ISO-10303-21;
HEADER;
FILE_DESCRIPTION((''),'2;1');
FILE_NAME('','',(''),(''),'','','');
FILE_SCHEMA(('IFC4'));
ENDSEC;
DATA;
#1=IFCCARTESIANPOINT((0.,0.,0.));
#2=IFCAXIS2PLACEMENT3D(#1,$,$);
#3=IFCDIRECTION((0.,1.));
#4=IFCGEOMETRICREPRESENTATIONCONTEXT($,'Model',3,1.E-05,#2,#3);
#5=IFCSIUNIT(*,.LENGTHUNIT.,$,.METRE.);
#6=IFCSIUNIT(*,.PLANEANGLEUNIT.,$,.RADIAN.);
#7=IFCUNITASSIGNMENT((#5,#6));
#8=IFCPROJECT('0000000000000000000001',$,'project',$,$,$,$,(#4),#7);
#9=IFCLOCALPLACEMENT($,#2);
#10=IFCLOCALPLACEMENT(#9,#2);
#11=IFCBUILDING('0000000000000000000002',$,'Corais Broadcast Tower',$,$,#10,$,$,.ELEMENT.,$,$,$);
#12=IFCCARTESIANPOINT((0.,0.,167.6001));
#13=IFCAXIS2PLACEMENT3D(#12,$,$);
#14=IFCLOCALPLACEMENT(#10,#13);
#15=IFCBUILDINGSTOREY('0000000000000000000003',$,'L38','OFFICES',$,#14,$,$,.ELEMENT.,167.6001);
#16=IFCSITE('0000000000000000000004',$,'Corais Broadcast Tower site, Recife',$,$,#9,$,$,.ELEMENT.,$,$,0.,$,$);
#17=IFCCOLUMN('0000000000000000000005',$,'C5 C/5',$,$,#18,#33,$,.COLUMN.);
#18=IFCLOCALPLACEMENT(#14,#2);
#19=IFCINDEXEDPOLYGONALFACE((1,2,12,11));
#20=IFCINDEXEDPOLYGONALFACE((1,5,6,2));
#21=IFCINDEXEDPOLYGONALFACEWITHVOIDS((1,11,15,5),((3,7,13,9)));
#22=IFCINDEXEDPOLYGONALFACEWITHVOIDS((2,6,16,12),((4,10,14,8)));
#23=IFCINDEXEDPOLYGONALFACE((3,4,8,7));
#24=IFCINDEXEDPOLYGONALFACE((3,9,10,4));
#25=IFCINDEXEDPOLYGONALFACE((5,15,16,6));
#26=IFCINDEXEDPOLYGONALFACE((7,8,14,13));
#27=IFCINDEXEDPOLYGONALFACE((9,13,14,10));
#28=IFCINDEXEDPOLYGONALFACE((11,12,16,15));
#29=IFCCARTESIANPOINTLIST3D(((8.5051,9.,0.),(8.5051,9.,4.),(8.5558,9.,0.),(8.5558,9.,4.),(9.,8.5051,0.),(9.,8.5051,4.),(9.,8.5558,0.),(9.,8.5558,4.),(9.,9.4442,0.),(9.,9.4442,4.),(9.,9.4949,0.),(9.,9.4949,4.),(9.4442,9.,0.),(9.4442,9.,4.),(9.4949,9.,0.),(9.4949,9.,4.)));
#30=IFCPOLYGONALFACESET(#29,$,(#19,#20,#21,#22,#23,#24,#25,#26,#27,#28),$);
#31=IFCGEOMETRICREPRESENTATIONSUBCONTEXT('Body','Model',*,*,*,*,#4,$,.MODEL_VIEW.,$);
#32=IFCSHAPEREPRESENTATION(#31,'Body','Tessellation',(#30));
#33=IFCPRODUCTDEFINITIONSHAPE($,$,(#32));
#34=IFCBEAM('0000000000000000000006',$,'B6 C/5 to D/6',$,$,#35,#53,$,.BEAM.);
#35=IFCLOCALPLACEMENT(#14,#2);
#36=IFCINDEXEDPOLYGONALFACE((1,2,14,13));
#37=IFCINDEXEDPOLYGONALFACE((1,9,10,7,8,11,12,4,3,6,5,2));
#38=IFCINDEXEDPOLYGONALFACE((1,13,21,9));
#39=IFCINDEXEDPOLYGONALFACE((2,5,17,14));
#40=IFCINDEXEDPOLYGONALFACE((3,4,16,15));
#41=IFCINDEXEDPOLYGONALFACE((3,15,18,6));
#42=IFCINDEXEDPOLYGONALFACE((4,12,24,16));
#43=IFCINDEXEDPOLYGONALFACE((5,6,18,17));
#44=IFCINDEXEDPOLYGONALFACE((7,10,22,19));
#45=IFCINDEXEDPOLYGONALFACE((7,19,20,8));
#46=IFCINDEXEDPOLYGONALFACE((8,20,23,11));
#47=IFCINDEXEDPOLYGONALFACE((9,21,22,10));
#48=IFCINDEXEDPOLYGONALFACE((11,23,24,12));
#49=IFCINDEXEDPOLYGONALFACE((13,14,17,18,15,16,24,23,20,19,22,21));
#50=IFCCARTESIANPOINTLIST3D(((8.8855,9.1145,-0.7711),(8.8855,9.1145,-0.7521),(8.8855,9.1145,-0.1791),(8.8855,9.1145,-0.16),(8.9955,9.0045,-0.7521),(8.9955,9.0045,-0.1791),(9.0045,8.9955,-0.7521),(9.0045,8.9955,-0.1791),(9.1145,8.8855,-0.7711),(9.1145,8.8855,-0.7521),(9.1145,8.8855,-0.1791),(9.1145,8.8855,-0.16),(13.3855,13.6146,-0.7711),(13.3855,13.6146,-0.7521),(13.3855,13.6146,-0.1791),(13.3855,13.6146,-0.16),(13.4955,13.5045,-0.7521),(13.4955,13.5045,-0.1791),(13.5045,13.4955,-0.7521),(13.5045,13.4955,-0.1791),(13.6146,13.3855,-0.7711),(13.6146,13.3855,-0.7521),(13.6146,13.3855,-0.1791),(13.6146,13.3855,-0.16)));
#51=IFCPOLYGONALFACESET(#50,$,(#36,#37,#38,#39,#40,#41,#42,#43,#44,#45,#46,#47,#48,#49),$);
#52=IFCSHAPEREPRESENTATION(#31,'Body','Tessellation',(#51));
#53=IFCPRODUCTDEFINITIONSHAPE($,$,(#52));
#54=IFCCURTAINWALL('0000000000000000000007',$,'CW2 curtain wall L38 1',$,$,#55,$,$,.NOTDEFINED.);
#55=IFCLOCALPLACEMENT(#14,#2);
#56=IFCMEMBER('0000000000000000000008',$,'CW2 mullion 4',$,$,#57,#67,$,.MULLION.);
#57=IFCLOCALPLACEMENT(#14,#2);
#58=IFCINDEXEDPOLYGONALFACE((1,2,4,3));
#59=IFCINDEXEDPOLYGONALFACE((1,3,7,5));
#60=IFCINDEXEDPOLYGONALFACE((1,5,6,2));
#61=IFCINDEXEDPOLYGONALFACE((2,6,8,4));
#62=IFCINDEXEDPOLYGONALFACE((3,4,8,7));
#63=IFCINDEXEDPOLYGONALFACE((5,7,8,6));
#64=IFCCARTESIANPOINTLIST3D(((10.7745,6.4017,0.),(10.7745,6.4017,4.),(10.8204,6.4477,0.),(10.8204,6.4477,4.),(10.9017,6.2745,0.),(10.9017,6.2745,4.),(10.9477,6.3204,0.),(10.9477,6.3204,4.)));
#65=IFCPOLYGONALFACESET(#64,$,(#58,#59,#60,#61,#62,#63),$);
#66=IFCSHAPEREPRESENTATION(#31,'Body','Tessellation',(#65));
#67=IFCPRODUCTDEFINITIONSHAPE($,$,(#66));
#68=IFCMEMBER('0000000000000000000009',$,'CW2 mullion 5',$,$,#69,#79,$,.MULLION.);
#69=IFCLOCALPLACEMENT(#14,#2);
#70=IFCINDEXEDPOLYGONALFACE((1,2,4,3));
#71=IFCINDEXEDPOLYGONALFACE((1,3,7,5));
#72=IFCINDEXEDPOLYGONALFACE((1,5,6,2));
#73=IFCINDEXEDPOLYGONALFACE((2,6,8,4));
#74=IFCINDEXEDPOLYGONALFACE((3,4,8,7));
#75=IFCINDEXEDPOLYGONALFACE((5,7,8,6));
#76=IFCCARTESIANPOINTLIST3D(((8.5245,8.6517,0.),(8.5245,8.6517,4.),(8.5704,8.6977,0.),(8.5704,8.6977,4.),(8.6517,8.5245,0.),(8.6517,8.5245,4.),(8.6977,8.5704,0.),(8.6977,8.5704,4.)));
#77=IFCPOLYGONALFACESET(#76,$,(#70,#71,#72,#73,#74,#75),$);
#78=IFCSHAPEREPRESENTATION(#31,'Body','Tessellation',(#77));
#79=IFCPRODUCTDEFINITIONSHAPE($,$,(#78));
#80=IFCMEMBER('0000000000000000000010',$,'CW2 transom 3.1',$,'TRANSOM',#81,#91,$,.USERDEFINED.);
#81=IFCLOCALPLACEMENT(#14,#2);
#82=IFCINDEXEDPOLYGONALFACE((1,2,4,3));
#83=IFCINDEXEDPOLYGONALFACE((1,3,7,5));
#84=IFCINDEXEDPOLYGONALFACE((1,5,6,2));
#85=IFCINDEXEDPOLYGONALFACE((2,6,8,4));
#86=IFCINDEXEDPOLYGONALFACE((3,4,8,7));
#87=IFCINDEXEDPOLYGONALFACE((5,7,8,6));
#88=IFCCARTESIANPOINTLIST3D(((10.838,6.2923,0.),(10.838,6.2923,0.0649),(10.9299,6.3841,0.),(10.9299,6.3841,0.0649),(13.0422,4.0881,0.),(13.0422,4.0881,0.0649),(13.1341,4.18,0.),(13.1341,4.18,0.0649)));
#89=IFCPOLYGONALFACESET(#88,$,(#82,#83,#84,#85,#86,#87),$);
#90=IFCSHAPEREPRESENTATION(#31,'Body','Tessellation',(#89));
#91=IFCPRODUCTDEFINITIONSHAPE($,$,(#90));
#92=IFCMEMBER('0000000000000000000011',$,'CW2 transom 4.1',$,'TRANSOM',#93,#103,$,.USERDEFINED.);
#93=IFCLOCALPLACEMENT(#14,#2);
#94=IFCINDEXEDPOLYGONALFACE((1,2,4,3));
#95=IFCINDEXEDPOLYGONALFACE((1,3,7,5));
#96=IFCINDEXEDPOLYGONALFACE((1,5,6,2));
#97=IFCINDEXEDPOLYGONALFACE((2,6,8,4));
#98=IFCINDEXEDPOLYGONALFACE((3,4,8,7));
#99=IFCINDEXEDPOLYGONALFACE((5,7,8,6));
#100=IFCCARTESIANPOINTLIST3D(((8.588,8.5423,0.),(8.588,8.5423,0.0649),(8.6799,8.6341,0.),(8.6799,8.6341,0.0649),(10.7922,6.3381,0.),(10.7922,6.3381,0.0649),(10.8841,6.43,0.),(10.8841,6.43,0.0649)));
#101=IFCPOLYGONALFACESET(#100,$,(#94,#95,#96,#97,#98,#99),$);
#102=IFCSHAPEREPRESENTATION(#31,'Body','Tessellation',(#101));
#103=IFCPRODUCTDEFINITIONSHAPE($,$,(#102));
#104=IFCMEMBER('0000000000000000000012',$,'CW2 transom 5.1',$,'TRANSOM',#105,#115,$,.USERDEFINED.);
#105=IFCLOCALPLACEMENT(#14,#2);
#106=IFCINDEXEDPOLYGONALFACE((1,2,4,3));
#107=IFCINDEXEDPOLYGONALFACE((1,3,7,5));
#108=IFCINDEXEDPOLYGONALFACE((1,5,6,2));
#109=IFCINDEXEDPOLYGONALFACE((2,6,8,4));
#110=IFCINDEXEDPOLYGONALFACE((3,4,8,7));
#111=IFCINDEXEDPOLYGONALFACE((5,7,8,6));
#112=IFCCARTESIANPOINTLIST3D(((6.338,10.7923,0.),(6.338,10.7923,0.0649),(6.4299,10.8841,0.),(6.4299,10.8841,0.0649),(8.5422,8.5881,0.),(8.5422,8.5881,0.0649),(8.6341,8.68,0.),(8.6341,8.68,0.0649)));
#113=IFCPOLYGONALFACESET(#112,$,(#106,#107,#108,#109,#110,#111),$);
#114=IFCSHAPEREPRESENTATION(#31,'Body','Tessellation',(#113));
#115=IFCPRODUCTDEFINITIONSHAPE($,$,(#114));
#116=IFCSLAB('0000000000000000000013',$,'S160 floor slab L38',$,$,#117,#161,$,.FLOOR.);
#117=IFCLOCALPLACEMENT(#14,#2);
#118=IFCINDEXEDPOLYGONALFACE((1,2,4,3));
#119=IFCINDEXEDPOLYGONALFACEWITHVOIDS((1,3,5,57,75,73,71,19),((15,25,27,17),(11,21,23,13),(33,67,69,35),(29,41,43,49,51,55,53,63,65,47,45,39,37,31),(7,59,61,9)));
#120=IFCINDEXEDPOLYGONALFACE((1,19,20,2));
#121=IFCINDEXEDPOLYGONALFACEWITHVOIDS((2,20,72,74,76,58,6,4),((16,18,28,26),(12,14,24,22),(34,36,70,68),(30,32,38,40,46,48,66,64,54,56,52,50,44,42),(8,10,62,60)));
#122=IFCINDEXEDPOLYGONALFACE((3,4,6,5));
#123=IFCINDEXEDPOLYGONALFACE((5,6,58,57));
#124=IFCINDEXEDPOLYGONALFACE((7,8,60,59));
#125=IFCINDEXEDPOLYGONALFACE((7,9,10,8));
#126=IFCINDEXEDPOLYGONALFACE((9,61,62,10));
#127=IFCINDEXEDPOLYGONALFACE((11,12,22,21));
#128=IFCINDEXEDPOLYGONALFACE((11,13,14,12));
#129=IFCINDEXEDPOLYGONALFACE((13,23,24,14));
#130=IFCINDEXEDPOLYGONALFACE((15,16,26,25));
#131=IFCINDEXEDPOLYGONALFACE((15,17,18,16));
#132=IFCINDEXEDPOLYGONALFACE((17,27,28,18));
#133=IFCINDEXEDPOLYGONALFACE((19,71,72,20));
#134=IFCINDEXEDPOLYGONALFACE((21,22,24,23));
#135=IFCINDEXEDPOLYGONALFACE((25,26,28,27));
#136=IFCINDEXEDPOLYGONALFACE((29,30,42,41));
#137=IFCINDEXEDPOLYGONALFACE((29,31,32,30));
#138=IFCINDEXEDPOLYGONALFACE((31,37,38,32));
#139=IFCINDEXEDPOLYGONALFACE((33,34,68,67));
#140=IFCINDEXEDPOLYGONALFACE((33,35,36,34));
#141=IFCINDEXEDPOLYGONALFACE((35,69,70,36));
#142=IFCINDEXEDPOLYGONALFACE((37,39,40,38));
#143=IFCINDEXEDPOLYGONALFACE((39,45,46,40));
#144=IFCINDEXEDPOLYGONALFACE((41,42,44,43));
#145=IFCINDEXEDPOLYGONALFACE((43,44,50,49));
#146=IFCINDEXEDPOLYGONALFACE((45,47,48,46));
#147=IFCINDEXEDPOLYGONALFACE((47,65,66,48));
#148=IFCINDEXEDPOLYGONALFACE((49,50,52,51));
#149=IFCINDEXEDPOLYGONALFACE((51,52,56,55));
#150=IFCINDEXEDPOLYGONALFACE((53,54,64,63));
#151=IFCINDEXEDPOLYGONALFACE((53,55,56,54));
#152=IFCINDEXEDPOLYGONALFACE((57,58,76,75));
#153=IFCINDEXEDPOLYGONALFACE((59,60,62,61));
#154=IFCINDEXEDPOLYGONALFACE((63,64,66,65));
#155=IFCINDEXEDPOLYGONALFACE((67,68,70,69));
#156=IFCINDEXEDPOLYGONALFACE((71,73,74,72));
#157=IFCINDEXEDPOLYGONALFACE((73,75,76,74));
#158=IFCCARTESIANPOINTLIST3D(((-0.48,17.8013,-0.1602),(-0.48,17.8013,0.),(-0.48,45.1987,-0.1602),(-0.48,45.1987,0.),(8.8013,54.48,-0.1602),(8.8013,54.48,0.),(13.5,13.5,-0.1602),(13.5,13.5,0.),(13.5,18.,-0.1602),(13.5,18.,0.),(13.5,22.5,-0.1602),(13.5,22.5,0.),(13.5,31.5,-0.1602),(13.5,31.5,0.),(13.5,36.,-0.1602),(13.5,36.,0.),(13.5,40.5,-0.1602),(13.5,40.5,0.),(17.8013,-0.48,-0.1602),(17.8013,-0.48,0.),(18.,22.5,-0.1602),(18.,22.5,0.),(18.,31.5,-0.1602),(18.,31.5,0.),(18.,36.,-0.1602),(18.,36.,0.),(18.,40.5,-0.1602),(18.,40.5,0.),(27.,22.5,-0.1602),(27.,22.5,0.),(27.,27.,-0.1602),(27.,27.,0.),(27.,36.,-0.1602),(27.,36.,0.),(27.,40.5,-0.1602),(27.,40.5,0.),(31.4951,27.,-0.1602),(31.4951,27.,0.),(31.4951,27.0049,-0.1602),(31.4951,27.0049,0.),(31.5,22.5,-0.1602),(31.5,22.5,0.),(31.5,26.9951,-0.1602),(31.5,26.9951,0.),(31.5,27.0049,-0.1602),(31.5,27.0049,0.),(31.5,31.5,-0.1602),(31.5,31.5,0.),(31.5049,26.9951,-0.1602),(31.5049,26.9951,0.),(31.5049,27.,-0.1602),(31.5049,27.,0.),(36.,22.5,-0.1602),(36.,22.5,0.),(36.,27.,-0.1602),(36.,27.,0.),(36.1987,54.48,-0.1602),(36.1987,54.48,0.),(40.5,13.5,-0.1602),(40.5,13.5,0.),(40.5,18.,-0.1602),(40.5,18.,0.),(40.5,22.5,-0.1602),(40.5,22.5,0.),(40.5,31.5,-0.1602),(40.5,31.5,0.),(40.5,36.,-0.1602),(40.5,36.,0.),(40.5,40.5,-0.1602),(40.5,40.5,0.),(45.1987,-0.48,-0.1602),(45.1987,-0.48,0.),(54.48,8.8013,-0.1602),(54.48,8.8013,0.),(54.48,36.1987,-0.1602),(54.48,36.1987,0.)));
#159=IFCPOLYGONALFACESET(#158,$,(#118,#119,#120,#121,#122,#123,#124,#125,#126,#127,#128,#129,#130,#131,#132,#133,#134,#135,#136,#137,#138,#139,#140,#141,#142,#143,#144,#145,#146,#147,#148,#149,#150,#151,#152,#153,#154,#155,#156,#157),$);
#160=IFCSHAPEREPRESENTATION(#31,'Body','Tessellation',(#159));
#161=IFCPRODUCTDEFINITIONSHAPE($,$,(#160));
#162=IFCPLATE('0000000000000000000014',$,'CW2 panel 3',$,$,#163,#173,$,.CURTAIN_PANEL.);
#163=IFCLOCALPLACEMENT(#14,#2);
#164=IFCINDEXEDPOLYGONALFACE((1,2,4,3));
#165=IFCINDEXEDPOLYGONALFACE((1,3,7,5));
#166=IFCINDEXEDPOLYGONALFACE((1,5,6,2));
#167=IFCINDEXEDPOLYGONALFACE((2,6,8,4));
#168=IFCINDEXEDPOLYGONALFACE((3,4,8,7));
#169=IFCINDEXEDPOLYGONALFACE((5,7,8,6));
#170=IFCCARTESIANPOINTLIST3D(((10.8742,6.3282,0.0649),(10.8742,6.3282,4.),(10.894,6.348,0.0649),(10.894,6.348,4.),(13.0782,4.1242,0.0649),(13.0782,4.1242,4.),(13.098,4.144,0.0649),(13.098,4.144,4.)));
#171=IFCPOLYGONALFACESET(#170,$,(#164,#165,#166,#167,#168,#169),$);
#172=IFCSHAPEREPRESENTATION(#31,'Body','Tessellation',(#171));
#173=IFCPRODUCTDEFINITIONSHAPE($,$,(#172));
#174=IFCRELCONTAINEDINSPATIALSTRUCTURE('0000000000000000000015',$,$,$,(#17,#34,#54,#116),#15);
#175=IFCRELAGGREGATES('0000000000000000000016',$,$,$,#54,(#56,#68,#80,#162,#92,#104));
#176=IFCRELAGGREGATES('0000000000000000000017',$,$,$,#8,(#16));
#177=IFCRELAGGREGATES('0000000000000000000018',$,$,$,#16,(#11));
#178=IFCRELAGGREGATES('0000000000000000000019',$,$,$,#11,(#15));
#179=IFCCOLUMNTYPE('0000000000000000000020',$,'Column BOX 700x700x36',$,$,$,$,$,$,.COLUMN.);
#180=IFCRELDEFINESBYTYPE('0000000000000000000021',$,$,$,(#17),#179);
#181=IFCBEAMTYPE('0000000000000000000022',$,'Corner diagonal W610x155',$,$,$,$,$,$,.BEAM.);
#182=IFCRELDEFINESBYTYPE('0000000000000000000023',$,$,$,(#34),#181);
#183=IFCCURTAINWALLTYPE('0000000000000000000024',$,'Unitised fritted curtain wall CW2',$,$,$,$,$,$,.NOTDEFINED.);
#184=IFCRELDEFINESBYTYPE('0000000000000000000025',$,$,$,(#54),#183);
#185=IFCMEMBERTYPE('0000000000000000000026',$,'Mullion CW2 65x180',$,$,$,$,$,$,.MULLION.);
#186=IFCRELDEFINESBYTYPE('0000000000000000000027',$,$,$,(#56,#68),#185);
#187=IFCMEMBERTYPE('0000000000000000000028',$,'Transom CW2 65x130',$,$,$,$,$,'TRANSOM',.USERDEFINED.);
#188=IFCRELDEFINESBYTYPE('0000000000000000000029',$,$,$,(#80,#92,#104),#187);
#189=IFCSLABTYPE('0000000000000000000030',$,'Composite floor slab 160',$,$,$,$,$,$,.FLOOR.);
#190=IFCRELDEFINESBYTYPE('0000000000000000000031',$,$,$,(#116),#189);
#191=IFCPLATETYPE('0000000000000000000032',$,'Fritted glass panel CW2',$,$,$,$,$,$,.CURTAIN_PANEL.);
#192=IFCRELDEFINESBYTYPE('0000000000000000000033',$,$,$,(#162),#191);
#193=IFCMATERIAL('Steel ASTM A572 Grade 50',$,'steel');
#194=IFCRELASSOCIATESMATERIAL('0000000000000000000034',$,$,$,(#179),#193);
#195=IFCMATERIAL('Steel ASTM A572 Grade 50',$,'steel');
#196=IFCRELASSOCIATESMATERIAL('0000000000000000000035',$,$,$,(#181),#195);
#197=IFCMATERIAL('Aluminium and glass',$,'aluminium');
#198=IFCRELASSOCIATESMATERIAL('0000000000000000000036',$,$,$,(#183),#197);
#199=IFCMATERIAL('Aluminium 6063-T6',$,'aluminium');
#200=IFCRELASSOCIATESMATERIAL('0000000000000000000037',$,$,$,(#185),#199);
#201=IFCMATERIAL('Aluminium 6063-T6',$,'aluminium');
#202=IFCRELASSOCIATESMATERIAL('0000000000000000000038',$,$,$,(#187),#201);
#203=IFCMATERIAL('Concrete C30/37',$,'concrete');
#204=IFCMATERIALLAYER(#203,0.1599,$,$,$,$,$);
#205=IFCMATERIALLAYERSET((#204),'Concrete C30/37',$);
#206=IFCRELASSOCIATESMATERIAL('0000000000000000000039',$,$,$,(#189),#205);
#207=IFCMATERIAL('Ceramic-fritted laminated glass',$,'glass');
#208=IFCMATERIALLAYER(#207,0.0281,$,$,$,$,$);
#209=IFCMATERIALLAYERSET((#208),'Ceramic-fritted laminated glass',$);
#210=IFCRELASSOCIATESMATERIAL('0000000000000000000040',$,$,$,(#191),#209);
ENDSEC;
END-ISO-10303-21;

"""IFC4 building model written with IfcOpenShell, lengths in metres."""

from ifc_helpers import new_model, si_unit, direction, frame, origin, origin_2d, place, context, subcontext, project, spatial, polyline, rectangle, hollow_rectangle, i_section, outline, extrude, material, layer, layer_set, material_profile, profile_set, type_object, element, aggregate, save


model = new_model("IFC4")

# Units and contexts
model_context = context("Model", 3, precision=1e-05, world=origin(), true_north=direction((0.0, 1.0)))
body_context = subcontext(model_context, "Body", "Model", "MODEL_VIEW")
ifc_project = project(units=[si_unit("LENGTHUNIT", "METRE"), si_unit("PLANEANGLEUNIT", "RADIAN")], contexts=[model_context])

# Site, building, storey
site_placement = place(None, origin())
site = spatial("IfcSite", under=ifc_project, at=site_placement, Name="Corais Broadcast Tower site, Recife", CompositionType="ELEMENT", RefElevation=0.0)
building_placement = place(site_placement, origin())
building = spatial("IfcBuilding", under=site, at=building_placement, Name="Corais Broadcast Tower", CompositionType="ELEMENT")
storey_placement = place(building_placement, frame((0.0, 0.0, 167.6001)))
storey = spatial("IfcBuildingStorey", under=building, at=storey_placement, Name="L38", Description="OFFICES", CompositionType="ELEMENT", Elevation=167.6001)

# Column
ifc_material_1 = material(Name="Steel ASTM A572 Grade 50", Category="steel")
ifc_material_profile_1 = material_profile(ifc_material_1, hollow_rectangle(XDim=0.7, YDim=0.7, WallThickness=0.0359, at=origin_2d()), Name="BOX 700x700x36")
ifc_profile_set_1 = profile_set([ifc_material_profile_1], Name="Steel ASTM A572 Grade 50")
column_type = type_object("IfcColumnType", Name="Column BOX 700x700x36", PredefinedType="COLUMN", material=ifc_profile_set_1)
column_placement = place(storey_placement, frame((9.0, 9.0, 0.0), z_axis=(0.0, 0.0, 1.0), x_axis=(0.707107, 0.707107, 0.0)))
element("IfcColumn", 1, at=column_placement, inside=storey, type_object=column_type, Name="C5 C/5", PredefinedType="COLUMN", context=body_context, shape_type="SweptSolid", body=[
    extrude(hollow_rectangle(XDim=0.7, YDim=0.7, WallThickness=0.0359, at=origin_2d()), origin(), (0.0, 0.0, 1.0), 4.0),
])

# Beam
ifc_material_2 = material(Name="Steel ASTM A572 Grade 50", Category="steel")
ifc_material_profile_2 = material_profile(ifc_material_2, i_section(OverallWidth=0.324, OverallDepth=0.6111, WebThickness=0.0127, FlangeThickness=0.019, at=origin_2d()), Name="W610x155")
ifc_profile_set_2 = profile_set([ifc_material_profile_2], Name="Steel ASTM A572 Grade 50")
beam_type = type_object("IfcBeamType", Name="Corner diagonal W610x155", PredefinedType="BEAM", material=ifc_profile_set_2)
beam_placement = place(storey_placement, frame((9.0, 9.0, -0.4656), z_axis=(0.707107, 0.707107, 0.0), x_axis=(-0.707107, 0.707107, 0.0)))
element("IfcBeam", 2, at=beam_placement, inside=storey, type_object=beam_type, Name="B6 C/5 to D/6", PredefinedType="BEAM", context=body_context, shape_type="SweptSolid", body=[
    extrude(i_section(OverallWidth=0.324, OverallDepth=0.6111, WebThickness=0.0127, FlangeThickness=0.019, at=origin_2d()), origin(), (0.0, 0.0, 1.0), 6.364),
])

# Curtain wall, members
ifc_material_3 = material(Name="Aluminium and glass", Category="aluminium")
curtain_wall_type = type_object("IfcCurtainWallType", Name="Unitised fritted curtain wall CW2", PredefinedType="NOTDEFINED", material=ifc_material_3)
curtain_wall_placement = place(storey_placement, origin())
curtain_wall = element("IfcCurtainWall", 3, at=curtain_wall_placement, inside=storey, type_object=curtain_wall_type, Name="CW2 curtain wall L38 1", PredefinedType="NOTDEFINED")
ifc_material_4 = material(Name="Aluminium 6063-T6", Category="aluminium")
ifc_material_profile_3 = material_profile(ifc_material_4, rectangle(XDim=0.0649, YDim=0.1799, at=origin_2d()), Name="Mullion CW2 65x180")
ifc_profile_set_3 = profile_set([ifc_material_profile_3], Name="Aluminium 6063-T6")
member_type_1 = type_object("IfcMemberType", Name="Mullion CW2 65x180", PredefinedType="MULLION", material=ifc_profile_set_3)
member_1_placement = place(storey_placement, frame((10.8611, 6.3611, 0.0), z_axis=(0.0, 0.0, 1.0), x_axis=(-0.707107, -0.707107, 0.0)))
member_1 = element("IfcMember", 4, at=member_1_placement, type_object=member_type_1, Name="CW2 mullion 4", PredefinedType="MULLION", context=body_context, shape_type="SweptSolid", body=[
    extrude(rectangle(XDim=0.0649, YDim=0.1799, at=origin_2d()), origin(), (0.0, 0.0, 1.0), 4.0),
])
member_2_placement = place(storey_placement, frame((8.6111, 8.6111, 0.0), z_axis=(0.0, 0.0, 1.0), x_axis=(-0.707107, -0.707107, 0.0)))
member_2 = element("IfcMember", 5, at=member_2_placement, type_object=member_type_1, Name="CW2 mullion 5", PredefinedType="MULLION", context=body_context, shape_type="SweptSolid", body=[
    extrude(rectangle(XDim=0.0649, YDim=0.1799, at=origin_2d()), origin(), (0.0, 0.0, 1.0), 4.0),
])
ifc_material_5 = material(Name="Aluminium 6063-T6", Category="aluminium")
ifc_material_profile_4 = material_profile(ifc_material_5, rectangle(XDim=0.1299, YDim=0.0649, at=origin_2d()), Name="Transom CW2 65x130")
ifc_profile_set_4 = profile_set([ifc_material_profile_4], Name="Aluminium 6063-T6")
member_type_2 = type_object("IfcMemberType", Name="Transom CW2 65x130", ElementType="TRANSOM", PredefinedType="USERDEFINED", material=ifc_profile_set_4)
member_3_placement = place(storey_placement, frame((13.0881, 4.134, 0.0325), z_axis=(-0.707107, 0.707107, 0.0), x_axis=(-0.707107, -0.707107, 0.0)))
member_3 = element("IfcMember", 6, at=member_3_placement, type_object=member_type_2, Name="CW2 transom 3.1", ObjectType="TRANSOM", PredefinedType="USERDEFINED", context=body_context, shape_type="SweptSolid", body=[
    extrude(rectangle(XDim=0.1299, YDim=0.0649, at=origin_2d()), origin(), (0.0, 0.0, 1.0), 3.1172),
])
member_4_placement = place(storey_placement, frame((10.8381, 6.384, 0.0325), z_axis=(-0.707107, 0.707107, 0.0), x_axis=(-0.707107, -0.707107, 0.0)))
member_4 = element("IfcMember", 7, at=member_4_placement, type_object=member_type_2, Name="CW2 transom 4.1", ObjectType="TRANSOM", PredefinedType="USERDEFINED", context=body_context, shape_type="SweptSolid", body=[
    extrude(rectangle(XDim=0.1299, YDim=0.0649, at=origin_2d()), origin(), (0.0, 0.0, 1.0), 3.1172),
])
member_5_placement = place(storey_placement, frame((8.5881, 8.634, 0.0325), z_axis=(-0.707107, 0.707107, 0.0), x_axis=(-0.707107, -0.707107, 0.0)))
member_5 = element("IfcMember", 8, at=member_5_placement, type_object=member_type_2, Name="CW2 transom 5.1", ObjectType="TRANSOM", PredefinedType="USERDEFINED", context=body_context, shape_type="SweptSolid", body=[
    extrude(rectangle(XDim=0.1299, YDim=0.0649, at=origin_2d()), origin(), (0.0, 0.0, 1.0), 3.1172),
])

# Slab
ifc_material_6 = material(Name="Concrete C30/37", Category="concrete")
ifc_layer_1 = layer(ifc_material_6, 0.1599)
ifc_layer_set_1 = layer_set([ifc_layer_1], Name="Concrete C30/37")
slab_type_1 = type_object("IfcSlabType", Name="Composite floor slab 160", PredefinedType="FLOOR", material=ifc_layer_set_1)
slab_1_placement = place(storey_placement, frame((0.0, 0.0, -0.1602)))
element("IfcSlab", 9, at=slab_1_placement, inside=storey, type_object=slab_type_1, Name="S160 floor slab L38", PredefinedType="FLOOR", context=body_context, shape_type="SweptSolid", body=[
    extrude(outline(polyline([(17.8013, -0.48), (-0.48, 17.8013), (-0.48, 45.1987), (8.8013, 54.48), (36.1987, 54.48), (54.48, 36.1987), (54.48, 8.8013), (45.1987, -0.48), (17.8013, -0.48)]), holes=[polyline([(13.5, 18.0), (40.5, 18.0), (40.5, 13.5), (13.5, 13.5), (13.5, 18.0)]), polyline([(18.0, 22.5), (13.5, 22.5), (13.5, 31.5), (18.0, 31.5), (18.0, 22.5)]), polyline([(18.0, 36.0), (13.5, 36.0), (13.5, 40.5), (18.0, 40.5), (18.0, 36.0)]), polyline([(31.5, 22.5), (27.0, 22.5), (27.0, 27.0), (31.4951, 27.0), (31.4951, 27.0049), (31.5, 27.0049), (31.5, 31.5), (40.5, 31.5), (40.5, 22.5), (36.0, 22.5), (36.0, 27.0), (31.5049, 27.0), (31.5049, 26.9951), (31.5, 26.9951), (31.5, 22.5)]), polyline([(27.0, 40.5), (40.5, 40.5), (40.5, 36.0), (27.0, 36.0), (27.0, 40.5)])]), origin(), (0.0, 0.0, 1.0), 0.1602),
])

# Plate
ifc_material_7 = material(Name="Ceramic-fritted laminated glass", Category="glass")
ifc_layer_2 = layer(ifc_material_7, 0.0281)
ifc_layer_set_2 = layer_set([ifc_layer_2], Name="Ceramic-fritted laminated glass")
plate_type_1 = type_object("IfcPlateType", Name="Fritted glass panel CW2", PredefinedType="CURTAIN_PANEL", material=ifc_layer_set_2)
plate_1_placement = place(storey_placement, frame((11.9861, 5.2361, 0.0649), z_axis=(0.0, 0.0, 1.0), x_axis=(-0.707107, 0.707107, 0.0)))
plate_1 = element("IfcPlate", 10, at=plate_1_placement, type_object=plate_type_1, Name="CW2 panel 3", PredefinedType="CURTAIN_PANEL", context=body_context, shape_type="SweptSolid", body=[
    extrude(rectangle(XDim=3.1169, YDim=0.0281, at=origin_2d()), origin(), (0.0, 0.0, 1.0), 3.9351),
])
aggregate(curtain_wall, [member_1, member_2, member_3, plate_1, member_4, member_5])

save(model, "model.ifc")
